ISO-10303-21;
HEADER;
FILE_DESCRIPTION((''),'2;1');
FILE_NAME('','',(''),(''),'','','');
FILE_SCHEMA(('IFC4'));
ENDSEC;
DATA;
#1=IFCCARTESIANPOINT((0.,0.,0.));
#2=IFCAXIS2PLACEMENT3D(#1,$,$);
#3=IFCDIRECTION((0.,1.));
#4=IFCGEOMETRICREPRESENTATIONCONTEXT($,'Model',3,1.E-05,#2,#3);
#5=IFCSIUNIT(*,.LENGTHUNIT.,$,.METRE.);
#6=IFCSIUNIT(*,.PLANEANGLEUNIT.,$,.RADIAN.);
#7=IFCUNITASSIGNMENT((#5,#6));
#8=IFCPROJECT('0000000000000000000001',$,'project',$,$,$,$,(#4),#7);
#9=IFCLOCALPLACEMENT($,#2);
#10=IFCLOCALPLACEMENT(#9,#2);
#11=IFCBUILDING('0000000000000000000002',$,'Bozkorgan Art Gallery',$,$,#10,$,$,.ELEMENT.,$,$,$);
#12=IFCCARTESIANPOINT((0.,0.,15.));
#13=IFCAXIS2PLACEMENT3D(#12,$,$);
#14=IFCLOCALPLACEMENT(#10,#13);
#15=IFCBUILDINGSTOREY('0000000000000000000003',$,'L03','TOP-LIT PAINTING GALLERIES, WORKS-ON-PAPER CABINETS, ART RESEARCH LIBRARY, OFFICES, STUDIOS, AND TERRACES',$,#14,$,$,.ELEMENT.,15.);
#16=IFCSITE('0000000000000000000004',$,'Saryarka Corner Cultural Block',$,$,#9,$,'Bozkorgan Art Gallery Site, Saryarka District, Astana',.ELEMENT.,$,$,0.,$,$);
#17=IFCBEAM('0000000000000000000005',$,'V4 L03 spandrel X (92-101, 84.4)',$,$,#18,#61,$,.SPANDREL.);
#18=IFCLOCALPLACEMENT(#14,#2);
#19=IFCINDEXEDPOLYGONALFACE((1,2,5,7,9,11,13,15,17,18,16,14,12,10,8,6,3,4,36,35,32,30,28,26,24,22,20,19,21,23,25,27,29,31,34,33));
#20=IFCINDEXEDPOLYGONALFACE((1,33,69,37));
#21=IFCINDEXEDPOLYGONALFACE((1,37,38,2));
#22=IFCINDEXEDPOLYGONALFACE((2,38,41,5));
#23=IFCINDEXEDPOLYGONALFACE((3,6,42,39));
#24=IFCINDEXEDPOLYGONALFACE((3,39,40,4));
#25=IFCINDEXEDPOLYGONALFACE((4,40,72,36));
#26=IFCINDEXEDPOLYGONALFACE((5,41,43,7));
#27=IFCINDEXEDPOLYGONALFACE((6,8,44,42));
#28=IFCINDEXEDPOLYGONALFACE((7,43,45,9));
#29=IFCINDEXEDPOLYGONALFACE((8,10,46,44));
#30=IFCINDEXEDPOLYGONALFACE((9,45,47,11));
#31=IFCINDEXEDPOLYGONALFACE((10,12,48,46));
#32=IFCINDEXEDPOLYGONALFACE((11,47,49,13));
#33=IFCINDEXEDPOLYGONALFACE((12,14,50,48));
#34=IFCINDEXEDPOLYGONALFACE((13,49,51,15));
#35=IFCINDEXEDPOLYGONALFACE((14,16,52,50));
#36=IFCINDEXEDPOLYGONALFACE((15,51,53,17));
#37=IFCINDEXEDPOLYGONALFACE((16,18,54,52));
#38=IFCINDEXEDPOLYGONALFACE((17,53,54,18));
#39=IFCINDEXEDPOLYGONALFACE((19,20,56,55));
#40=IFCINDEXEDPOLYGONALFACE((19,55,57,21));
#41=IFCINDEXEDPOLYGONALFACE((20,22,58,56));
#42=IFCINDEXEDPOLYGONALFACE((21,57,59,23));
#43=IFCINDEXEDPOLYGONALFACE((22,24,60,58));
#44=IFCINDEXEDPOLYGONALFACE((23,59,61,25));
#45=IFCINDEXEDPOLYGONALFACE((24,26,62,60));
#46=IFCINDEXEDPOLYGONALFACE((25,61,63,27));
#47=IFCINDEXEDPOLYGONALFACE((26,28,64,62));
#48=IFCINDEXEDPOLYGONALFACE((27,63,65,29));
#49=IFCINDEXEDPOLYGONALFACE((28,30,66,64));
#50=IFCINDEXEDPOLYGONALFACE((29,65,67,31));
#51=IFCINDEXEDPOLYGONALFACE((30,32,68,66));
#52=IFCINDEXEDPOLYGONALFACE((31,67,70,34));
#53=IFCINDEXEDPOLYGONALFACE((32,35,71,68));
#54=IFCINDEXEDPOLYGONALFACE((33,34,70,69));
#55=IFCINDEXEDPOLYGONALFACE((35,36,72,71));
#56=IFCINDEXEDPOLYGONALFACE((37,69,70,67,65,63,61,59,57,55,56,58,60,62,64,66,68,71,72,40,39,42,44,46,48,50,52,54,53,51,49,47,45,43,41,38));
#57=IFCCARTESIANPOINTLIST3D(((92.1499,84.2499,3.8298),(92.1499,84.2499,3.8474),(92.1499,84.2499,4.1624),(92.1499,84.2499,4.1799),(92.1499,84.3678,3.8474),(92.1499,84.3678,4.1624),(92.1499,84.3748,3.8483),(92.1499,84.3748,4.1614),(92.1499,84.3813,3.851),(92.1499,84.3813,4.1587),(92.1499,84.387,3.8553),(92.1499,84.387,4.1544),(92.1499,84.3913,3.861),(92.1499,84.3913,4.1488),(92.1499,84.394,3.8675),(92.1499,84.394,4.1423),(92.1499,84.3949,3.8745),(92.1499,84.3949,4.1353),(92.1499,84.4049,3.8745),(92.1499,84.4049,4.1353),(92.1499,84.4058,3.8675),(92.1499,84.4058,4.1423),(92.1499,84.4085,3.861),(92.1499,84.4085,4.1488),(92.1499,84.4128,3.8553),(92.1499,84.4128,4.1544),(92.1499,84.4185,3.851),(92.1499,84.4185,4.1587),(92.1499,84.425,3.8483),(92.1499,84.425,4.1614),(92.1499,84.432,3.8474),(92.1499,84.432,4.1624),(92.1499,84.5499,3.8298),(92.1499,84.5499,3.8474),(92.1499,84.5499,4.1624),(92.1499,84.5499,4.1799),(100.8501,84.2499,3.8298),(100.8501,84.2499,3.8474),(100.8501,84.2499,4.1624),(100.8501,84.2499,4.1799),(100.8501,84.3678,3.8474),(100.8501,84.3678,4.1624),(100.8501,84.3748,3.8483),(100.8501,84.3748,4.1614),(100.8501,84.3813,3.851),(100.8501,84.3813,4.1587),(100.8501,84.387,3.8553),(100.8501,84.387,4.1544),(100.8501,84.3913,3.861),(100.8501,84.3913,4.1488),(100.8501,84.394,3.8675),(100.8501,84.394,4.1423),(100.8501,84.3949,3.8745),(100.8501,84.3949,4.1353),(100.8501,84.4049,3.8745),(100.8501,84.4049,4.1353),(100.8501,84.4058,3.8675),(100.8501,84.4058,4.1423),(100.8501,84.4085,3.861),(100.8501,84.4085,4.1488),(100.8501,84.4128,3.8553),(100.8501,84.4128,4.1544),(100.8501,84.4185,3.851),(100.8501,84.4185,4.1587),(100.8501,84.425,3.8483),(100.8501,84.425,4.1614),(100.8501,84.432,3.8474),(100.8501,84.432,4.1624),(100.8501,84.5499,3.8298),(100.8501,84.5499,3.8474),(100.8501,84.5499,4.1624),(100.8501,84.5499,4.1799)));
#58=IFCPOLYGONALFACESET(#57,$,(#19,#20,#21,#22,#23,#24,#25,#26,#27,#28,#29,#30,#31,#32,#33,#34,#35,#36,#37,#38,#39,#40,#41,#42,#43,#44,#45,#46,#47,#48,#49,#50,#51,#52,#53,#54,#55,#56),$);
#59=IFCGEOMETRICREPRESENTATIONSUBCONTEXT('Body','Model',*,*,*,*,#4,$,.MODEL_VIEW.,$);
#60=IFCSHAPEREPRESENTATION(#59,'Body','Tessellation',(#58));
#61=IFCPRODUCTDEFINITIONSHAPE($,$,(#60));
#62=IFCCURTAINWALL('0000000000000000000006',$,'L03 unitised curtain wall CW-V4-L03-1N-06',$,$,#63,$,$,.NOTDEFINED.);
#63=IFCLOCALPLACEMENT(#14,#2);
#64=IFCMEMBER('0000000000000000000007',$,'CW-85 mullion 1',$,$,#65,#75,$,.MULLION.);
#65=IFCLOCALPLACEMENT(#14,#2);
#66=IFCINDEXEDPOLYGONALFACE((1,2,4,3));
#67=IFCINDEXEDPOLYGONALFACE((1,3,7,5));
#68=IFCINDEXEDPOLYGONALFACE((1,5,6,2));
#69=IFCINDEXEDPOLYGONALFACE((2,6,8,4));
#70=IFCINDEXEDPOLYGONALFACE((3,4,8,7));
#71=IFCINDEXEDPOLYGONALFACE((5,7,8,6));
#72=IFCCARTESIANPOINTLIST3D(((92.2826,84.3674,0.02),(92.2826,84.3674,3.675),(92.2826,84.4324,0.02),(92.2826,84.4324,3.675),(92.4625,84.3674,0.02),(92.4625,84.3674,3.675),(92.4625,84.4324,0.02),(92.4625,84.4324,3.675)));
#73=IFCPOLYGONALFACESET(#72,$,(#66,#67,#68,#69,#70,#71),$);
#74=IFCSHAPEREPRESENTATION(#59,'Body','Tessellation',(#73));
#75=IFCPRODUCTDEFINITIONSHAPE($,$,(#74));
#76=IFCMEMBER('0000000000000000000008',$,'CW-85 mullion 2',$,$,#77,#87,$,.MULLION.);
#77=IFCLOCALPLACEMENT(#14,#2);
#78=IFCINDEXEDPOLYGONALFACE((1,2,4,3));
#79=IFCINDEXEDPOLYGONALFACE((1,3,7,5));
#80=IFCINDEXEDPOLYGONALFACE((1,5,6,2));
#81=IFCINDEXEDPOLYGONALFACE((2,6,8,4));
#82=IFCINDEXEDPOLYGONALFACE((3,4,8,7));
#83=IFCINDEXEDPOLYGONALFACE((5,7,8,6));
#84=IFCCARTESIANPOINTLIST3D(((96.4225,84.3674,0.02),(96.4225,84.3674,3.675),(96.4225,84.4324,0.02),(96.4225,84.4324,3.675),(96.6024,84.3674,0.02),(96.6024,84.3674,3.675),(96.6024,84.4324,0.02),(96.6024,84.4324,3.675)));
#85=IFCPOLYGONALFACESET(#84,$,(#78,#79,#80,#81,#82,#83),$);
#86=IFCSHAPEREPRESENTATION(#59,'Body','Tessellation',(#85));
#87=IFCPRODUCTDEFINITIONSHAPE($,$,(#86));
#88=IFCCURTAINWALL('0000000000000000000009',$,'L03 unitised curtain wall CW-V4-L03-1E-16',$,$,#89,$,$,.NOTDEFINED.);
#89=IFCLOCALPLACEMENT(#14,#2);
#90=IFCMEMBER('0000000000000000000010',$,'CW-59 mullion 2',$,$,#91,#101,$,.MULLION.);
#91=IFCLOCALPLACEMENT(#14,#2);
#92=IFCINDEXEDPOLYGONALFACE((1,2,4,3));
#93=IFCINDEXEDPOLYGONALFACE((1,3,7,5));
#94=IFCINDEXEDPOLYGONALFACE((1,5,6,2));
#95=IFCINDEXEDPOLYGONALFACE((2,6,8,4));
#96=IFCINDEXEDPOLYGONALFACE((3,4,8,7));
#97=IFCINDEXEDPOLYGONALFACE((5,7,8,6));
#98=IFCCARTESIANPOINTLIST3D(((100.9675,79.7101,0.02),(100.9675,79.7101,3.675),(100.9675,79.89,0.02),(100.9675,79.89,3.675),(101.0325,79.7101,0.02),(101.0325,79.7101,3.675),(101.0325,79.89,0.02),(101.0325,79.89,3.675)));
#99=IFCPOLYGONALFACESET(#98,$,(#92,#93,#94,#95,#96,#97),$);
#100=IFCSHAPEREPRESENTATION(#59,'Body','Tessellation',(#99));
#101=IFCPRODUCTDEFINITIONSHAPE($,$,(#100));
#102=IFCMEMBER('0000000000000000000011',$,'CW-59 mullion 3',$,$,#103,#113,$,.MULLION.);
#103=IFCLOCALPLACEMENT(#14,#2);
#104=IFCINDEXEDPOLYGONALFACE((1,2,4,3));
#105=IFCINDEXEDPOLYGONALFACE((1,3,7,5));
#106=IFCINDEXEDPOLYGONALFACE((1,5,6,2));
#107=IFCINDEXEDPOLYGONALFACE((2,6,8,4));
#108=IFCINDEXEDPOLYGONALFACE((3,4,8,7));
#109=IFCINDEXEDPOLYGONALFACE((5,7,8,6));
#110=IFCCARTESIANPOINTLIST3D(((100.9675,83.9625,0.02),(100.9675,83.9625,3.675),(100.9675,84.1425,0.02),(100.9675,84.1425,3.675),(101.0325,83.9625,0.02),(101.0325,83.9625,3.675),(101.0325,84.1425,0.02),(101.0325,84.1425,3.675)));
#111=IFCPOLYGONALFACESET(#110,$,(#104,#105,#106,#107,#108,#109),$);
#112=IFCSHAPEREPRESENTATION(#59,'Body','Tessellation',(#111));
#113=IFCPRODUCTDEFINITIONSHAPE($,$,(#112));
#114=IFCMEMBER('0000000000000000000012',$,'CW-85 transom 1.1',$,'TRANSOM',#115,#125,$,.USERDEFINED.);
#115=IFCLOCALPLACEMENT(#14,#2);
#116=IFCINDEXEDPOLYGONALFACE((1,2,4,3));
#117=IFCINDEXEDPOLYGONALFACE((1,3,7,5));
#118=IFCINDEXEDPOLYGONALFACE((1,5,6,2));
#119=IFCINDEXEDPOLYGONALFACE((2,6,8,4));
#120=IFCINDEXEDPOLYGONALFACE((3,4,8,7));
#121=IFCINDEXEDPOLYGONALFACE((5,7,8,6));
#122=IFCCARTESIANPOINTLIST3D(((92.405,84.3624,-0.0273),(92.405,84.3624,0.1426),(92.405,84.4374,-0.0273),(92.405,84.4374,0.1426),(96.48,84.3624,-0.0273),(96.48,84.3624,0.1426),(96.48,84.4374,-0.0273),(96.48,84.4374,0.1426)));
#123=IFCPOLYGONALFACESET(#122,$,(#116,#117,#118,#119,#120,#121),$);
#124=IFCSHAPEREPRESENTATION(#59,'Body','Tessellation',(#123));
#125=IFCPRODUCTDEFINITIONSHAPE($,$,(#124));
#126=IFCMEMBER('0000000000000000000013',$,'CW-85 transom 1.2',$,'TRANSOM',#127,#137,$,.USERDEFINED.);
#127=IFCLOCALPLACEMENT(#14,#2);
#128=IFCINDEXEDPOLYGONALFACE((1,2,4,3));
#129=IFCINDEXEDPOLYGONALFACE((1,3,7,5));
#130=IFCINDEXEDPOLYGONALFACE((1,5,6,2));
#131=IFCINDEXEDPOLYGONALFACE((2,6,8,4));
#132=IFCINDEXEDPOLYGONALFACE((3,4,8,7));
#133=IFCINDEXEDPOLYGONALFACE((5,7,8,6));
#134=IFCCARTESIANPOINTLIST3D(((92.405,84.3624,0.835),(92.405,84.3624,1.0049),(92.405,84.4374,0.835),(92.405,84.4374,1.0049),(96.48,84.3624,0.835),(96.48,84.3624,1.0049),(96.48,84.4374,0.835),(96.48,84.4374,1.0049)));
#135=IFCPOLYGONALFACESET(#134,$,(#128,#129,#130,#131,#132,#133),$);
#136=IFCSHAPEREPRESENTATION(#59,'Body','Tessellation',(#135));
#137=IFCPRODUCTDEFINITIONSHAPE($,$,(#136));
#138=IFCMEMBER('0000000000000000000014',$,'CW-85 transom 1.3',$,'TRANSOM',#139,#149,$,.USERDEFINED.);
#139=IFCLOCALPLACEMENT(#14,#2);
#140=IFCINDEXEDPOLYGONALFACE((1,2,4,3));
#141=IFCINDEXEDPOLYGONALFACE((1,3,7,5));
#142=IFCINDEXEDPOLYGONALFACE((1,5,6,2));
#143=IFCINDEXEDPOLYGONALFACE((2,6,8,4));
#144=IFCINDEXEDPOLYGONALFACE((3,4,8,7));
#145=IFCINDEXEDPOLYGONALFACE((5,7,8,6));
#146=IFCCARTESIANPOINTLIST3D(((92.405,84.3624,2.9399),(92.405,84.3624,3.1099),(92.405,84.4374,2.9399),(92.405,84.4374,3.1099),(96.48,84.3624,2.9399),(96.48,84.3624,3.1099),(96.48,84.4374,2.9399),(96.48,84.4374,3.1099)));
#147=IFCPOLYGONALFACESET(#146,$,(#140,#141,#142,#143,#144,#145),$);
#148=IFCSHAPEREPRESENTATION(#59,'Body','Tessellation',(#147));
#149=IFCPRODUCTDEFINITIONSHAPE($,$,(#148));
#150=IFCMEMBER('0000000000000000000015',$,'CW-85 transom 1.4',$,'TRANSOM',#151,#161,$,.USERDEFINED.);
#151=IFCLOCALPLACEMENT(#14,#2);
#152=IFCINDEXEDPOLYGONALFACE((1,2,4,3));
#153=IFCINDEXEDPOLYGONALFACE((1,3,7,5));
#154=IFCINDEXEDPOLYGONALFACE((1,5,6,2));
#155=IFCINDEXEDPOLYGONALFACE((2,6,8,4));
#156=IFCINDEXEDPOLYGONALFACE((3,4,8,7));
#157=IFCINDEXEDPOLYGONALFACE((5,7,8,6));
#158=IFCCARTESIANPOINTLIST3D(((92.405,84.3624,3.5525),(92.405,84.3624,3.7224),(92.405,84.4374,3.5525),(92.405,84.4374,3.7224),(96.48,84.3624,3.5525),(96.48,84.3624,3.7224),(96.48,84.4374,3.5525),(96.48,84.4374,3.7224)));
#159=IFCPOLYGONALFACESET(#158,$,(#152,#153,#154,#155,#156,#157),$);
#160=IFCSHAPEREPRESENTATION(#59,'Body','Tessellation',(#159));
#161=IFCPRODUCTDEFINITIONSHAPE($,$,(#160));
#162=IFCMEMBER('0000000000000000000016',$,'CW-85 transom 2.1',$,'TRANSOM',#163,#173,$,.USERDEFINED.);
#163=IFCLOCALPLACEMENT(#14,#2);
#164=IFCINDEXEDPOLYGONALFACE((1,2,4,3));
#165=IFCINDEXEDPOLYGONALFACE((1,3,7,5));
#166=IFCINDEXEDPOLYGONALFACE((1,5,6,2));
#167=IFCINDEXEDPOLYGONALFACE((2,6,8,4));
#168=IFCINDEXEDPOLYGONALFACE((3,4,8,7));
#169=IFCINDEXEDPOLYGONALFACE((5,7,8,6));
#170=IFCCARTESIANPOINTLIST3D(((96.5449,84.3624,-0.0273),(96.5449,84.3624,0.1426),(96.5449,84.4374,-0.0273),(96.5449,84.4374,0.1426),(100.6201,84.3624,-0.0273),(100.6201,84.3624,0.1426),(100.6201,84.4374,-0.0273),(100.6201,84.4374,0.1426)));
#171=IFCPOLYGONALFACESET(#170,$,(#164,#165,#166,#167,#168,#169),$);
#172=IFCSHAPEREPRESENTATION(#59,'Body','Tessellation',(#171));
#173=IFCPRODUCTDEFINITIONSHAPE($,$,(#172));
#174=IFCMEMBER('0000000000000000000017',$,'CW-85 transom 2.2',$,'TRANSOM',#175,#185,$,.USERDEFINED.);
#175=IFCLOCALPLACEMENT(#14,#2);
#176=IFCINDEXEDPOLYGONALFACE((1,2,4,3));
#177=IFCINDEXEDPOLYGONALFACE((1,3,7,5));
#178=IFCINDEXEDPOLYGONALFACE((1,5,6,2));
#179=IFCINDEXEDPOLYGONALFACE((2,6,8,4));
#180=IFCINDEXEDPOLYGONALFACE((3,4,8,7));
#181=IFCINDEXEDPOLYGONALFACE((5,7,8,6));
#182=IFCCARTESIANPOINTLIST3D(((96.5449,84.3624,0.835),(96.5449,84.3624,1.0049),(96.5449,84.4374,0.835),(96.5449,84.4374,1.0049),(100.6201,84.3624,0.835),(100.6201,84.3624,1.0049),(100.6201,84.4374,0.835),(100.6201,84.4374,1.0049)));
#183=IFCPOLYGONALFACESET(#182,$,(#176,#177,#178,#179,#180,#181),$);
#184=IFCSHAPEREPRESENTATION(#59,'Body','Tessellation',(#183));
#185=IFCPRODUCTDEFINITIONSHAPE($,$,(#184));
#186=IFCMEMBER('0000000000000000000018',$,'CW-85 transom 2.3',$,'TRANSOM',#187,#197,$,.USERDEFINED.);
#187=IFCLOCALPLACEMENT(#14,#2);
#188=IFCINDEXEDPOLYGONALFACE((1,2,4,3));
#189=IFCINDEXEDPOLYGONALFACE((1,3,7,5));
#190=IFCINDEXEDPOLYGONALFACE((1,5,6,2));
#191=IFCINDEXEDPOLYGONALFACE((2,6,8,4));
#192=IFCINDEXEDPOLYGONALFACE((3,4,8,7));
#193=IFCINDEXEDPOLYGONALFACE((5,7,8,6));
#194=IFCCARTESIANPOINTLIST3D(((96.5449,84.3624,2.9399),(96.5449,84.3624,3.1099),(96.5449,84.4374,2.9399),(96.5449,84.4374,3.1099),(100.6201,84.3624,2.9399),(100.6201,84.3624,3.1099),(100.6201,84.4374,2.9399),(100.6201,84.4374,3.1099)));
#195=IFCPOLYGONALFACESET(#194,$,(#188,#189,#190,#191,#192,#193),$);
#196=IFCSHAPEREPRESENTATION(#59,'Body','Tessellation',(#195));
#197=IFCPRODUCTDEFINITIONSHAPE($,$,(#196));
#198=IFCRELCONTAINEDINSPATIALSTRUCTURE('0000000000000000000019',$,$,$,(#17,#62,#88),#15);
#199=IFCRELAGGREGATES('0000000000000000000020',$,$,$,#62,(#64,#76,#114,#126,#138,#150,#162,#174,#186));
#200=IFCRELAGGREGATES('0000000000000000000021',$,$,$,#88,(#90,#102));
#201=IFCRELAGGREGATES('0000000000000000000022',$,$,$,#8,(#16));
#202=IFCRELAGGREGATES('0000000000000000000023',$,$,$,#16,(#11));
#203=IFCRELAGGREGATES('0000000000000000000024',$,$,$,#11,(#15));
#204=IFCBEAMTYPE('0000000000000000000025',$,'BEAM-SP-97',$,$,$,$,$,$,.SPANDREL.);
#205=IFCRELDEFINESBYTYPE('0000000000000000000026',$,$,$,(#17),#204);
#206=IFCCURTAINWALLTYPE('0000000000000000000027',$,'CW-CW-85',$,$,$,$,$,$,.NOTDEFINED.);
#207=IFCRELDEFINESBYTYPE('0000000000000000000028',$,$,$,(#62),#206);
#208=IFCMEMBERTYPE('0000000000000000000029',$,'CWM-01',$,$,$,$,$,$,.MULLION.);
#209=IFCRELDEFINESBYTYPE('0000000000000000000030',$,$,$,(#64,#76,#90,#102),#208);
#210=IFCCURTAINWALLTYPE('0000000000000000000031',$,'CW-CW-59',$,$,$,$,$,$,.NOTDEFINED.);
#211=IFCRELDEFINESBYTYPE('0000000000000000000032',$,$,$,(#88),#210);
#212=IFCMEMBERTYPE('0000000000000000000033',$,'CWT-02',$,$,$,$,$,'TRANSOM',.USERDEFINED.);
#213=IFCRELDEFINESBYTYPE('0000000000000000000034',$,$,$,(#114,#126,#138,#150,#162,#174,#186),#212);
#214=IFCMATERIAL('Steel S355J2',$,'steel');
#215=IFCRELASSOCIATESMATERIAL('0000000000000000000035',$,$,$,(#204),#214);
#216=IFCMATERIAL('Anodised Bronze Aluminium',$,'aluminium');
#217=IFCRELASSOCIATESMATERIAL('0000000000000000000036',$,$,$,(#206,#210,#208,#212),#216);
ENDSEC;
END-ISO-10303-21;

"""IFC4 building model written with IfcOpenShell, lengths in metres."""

from ifc_helpers import new_model, si_unit, direction, frame, origin, origin_2d, place, context, subcontext, project, spatial, rectangle, i_section, extrude, material, material_profile, profile_set, type_object, element, aggregate, save


model = new_model("IFC4")

# Units and contexts
model_context = context("Model", 3, precision=1e-05, world=origin(), true_north=direction((0.0, 1.0)))
body_context = subcontext(model_context, "Body", "Model", "MODEL_VIEW")
ifc_project = project(units=[si_unit("LENGTHUNIT", "METRE"), si_unit("PLANEANGLEUNIT", "RADIAN")], contexts=[model_context])

# Site, building, storey
site_placement = place(None, origin())
site = spatial("IfcSite", under=ifc_project, at=site_placement, Name="Saryarka Corner Cultural Block", LongName="Bozkorgan Art Gallery Site, Saryarka District, Astana", CompositionType="ELEMENT", RefElevation=0.0)
building_placement = place(site_placement, origin())
building = spatial("IfcBuilding", under=site, at=building_placement, Name="Bozkorgan Art Gallery", CompositionType="ELEMENT")
storey_placement = place(building_placement, frame((0.0, 0.0, 15.0)))
storey = spatial("IfcBuildingStorey", under=building, at=storey_placement, Name="L03", Description="TOP-LIT PAINTING GALLERIES, WORKS-ON-PAPER CABINETS, ART RESEARCH LIBRARY, OFFICES, STUDIOS, AND TERRACES", CompositionType="ELEMENT", Elevation=15.0)

# Beam
ifc_material_1 = material(Name="Steel S355J2", Category="steel")
ifc_material_profile_1 = material_profile(ifc_material_1, i_section(OverallWidth=0.3, OverallDepth=0.3501, WebThickness=0.01, FlangeThickness=0.0176, FilletRadius=0.0271, at=origin_2d()), Name="HEA 360")
ifc_profile_set_1 = profile_set([ifc_material_profile_1], Name="Steel S355J2")
beam_type = type_object("IfcBeamType", Name="BEAM-SP-97", PredefinedType="SPANDREL", material=ifc_profile_set_1)
beam_placement = place(storey_placement, frame((92.1499, 84.3999, 4.0049), z_axis=(1.0, 0.0, 0.0), x_axis=(0.0, 1.0, 0.0)))
element("IfcBeam", 1, at=beam_placement, inside=storey, type_object=beam_type, Name="V4 L03 spandrel X (92-101, 84.4)", PredefinedType="SPANDREL", context=body_context, shape_type="SweptSolid", body=[
    extrude(i_section(OverallWidth=0.3, OverallDepth=0.3501, WebThickness=0.01, FlangeThickness=0.0176, FilletRadius=0.0271, at=origin_2d()), origin(), (0.0, 0.0, 1.0), 8.7002),
])

# Curtain walls, members
ifc_material_2 = material(Name="Anodised Bronze Aluminium", Category="aluminium")
curtain_wall_type_1 = type_object("IfcCurtainWallType", Name="CW-CW-85", PredefinedType="NOTDEFINED", material=ifc_material_2)
curtain_wall_1_placement = place(storey_placement, origin())
curtain_wall_1 = element("IfcCurtainWall", 2, at=curtain_wall_1_placement, inside=storey, type_object=curtain_wall_type_1, Name="L03 unitised curtain wall CW-V4-L03-1N-06", PredefinedType="NOTDEFINED")
ifc_material_profile_2 = material_profile(ifc_material_2, rectangle(XDim=0.0649, YDim=0.1799, at=origin_2d()), Name="ALU MULLION 65x180")
ifc_profile_set_2 = profile_set([ifc_material_profile_2], Name="Anodised Bronze Aluminium")
member_type_1 = type_object("IfcMemberType", Name="CWM-01", PredefinedType="MULLION", material=ifc_profile_set_2)
member_1_placement = place(storey_placement, frame((92.3726, 84.3999, 0.02), z_axis=(0.0, 0.0, 1.0), x_axis=(0.0, 1.0, 0.0)))
member_1 = element("IfcMember", 3, at=member_1_placement, type_object=member_type_1, Name="CW-85 mullion 1", PredefinedType="MULLION", context=body_context, shape_type="SweptSolid", body=[
    extrude(rectangle(XDim=0.0649, YDim=0.1799, at=origin_2d()), origin(), (0.0, 0.0, 1.0), 3.655),
])
member_2_placement = place(storey_placement, frame((96.5125, 84.3999, 0.02), z_axis=(0.0, 0.0, 1.0), x_axis=(0.0, 1.0, 0.0)))
member_2 = element("IfcMember", 4, at=member_2_placement, type_object=member_type_1, Name="CW-85 mullion 2", PredefinedType="MULLION", context=body_context, shape_type="SweptSolid", body=[
    extrude(rectangle(XDim=0.0649, YDim=0.1799, at=origin_2d()), origin(), (0.0, 0.0, 1.0), 3.655),
])
curtain_wall_type_2 = type_object("IfcCurtainWallType", Name="CW-CW-59", PredefinedType="NOTDEFINED", material=ifc_material_2)
curtain_wall_2_placement = place(storey_placement, origin())
curtain_wall_2 = element("IfcCurtainWall", 5, at=curtain_wall_2_placement, inside=storey, type_object=curtain_wall_type_2, Name="L03 unitised curtain wall CW-V4-L03-1E-16", PredefinedType="NOTDEFINED")
member_3_placement = place(storey_placement, frame((101.0, 79.8, 0.02), z_axis=(0.0, 0.0, 1.0), x_axis=(-1.0, 0.0, 0.0)))
member_3 = element("IfcMember", 6, at=member_3_placement, type_object=member_type_1, Name="CW-59 mullion 2", PredefinedType="MULLION", context=body_context, shape_type="SweptSolid", body=[
    extrude(rectangle(XDim=0.0649, YDim=0.1799, at=origin_2d()), origin(), (0.0, 0.0, 1.0), 3.655),
])
member_4_placement = place(storey_placement, frame((101.0, 84.0525, 0.02), z_axis=(0.0, 0.0, 1.0), x_axis=(-1.0, 0.0, 0.0)))
member_4 = element("IfcMember", 7, at=member_4_placement, type_object=member_type_1, Name="CW-59 mullion 3", PredefinedType="MULLION", context=body_context, shape_type="SweptSolid", body=[
    extrude(rectangle(XDim=0.0649, YDim=0.1799, at=origin_2d()), origin(), (0.0, 0.0, 1.0), 3.655),
])

# Members
ifc_material_profile_3 = material_profile(ifc_material_2, rectangle(XDim=0.075, YDim=0.1699, at=origin_2d()), Name="ALU TRANSOM 75x170")
ifc_profile_set_3 = profile_set([ifc_material_profile_3], Name="Anodised Bronze Aluminium")
member_type_2 = type_object("IfcMemberType", Name="CWT-02", ElementType="TRANSOM", PredefinedType="USERDEFINED", material=ifc_profile_set_3)
member_5_placement = place(storey_placement, frame((92.405, 84.3999, 0.0576), z_axis=(1.0, 0.0, 0.0), x_axis=(0.0, 1.0, 0.0)))
member_5 = element("IfcMember", 8, at=member_5_placement, type_object=member_type_2, Name="CW-85 transom 1.1", ObjectType="TRANSOM", PredefinedType="USERDEFINED", context=body_context, shape_type="SweptSolid", body=[
    extrude(rectangle(XDim=0.075, YDim=0.1699, at=origin_2d()), origin(), (0.0, 0.0, 1.0), 4.075),
])
member_6_placement = place(storey_placement, frame((92.405, 84.3999, 0.9199), z_axis=(1.0, 0.0, 0.0), x_axis=(0.0, 1.0, 0.0)))
member_6 = element("IfcMember", 9, at=member_6_placement, type_object=member_type_2, Name="CW-85 transom 1.2", ObjectType="TRANSOM", PredefinedType="USERDEFINED", context=body_context, shape_type="SweptSolid", body=[
    extrude(rectangle(XDim=0.075, YDim=0.1699, at=origin_2d()), origin(), (0.0, 0.0, 1.0), 4.075),
])
member_7_placement = place(storey_placement, frame((92.405, 84.3999, 3.0249), z_axis=(1.0, 0.0, 0.0), x_axis=(0.0, 1.0, 0.0)))
member_7 = element("IfcMember", 10, at=member_7_placement, type_object=member_type_2, Name="CW-85 transom 1.3", ObjectType="TRANSOM", PredefinedType="USERDEFINED", context=body_context, shape_type="SweptSolid", body=[
    extrude(rectangle(XDim=0.075, YDim=0.1699, at=origin_2d()), origin(), (0.0, 0.0, 1.0), 4.075),
])
member_8_placement = place(storey_placement, frame((92.405, 84.3999, 3.6375), z_axis=(1.0, 0.0, 0.0), x_axis=(0.0, 1.0, 0.0)))
member_8 = element("IfcMember", 11, at=member_8_placement, type_object=member_type_2, Name="CW-85 transom 1.4", ObjectType="TRANSOM", PredefinedType="USERDEFINED", context=body_context, shape_type="SweptSolid", body=[
    extrude(rectangle(XDim=0.075, YDim=0.1699, at=origin_2d()), origin(), (0.0, 0.0, 1.0), 4.075),
])
member_9_placement = place(storey_placement, frame((96.5449, 84.3999, 0.0576), z_axis=(1.0, 0.0, 0.0), x_axis=(0.0, 1.0, 0.0)))
member_9 = element("IfcMember", 12, at=member_9_placement, type_object=member_type_2, Name="CW-85 transom 2.1", ObjectType="TRANSOM", PredefinedType="USERDEFINED", context=body_context, shape_type="SweptSolid", body=[
    extrude(rectangle(XDim=0.075, YDim=0.1699, at=origin_2d()), origin(), (0.0, 0.0, 1.0), 4.0752),
])
member_10_placement = place(storey_placement, frame((96.5449, 84.3999, 0.9199), z_axis=(1.0, 0.0, 0.0), x_axis=(0.0, 1.0, 0.0)))
member_10 = element("IfcMember", 13, at=member_10_placement, type_object=member_type_2, Name="CW-85 transom 2.2", ObjectType="TRANSOM", PredefinedType="USERDEFINED", context=body_context, shape_type="SweptSolid", body=[
    extrude(rectangle(XDim=0.075, YDim=0.1699, at=origin_2d()), origin(), (0.0, 0.0, 1.0), 4.0752),
])
member_11_placement = place(storey_placement, frame((96.5449, 84.3999, 3.0249), z_axis=(1.0, 0.0, 0.0), x_axis=(0.0, 1.0, 0.0)))
member_11 = element("IfcMember", 14, at=member_11_placement, type_object=member_type_2, Name="CW-85 transom 2.3", ObjectType="TRANSOM", PredefinedType="USERDEFINED", context=body_context, shape_type="SweptSolid", body=[
    extrude(rectangle(XDim=0.075, YDim=0.1699, at=origin_2d()), origin(), (0.0, 0.0, 1.0), 4.0752),
])

aggregate(curtain_wall_1, [member_1, member_2, member_5, member_6, member_7, member_8, member_9, member_10, member_11])
aggregate(curtain_wall_2, [member_3, member_4])

save(model, "model.ifc")
